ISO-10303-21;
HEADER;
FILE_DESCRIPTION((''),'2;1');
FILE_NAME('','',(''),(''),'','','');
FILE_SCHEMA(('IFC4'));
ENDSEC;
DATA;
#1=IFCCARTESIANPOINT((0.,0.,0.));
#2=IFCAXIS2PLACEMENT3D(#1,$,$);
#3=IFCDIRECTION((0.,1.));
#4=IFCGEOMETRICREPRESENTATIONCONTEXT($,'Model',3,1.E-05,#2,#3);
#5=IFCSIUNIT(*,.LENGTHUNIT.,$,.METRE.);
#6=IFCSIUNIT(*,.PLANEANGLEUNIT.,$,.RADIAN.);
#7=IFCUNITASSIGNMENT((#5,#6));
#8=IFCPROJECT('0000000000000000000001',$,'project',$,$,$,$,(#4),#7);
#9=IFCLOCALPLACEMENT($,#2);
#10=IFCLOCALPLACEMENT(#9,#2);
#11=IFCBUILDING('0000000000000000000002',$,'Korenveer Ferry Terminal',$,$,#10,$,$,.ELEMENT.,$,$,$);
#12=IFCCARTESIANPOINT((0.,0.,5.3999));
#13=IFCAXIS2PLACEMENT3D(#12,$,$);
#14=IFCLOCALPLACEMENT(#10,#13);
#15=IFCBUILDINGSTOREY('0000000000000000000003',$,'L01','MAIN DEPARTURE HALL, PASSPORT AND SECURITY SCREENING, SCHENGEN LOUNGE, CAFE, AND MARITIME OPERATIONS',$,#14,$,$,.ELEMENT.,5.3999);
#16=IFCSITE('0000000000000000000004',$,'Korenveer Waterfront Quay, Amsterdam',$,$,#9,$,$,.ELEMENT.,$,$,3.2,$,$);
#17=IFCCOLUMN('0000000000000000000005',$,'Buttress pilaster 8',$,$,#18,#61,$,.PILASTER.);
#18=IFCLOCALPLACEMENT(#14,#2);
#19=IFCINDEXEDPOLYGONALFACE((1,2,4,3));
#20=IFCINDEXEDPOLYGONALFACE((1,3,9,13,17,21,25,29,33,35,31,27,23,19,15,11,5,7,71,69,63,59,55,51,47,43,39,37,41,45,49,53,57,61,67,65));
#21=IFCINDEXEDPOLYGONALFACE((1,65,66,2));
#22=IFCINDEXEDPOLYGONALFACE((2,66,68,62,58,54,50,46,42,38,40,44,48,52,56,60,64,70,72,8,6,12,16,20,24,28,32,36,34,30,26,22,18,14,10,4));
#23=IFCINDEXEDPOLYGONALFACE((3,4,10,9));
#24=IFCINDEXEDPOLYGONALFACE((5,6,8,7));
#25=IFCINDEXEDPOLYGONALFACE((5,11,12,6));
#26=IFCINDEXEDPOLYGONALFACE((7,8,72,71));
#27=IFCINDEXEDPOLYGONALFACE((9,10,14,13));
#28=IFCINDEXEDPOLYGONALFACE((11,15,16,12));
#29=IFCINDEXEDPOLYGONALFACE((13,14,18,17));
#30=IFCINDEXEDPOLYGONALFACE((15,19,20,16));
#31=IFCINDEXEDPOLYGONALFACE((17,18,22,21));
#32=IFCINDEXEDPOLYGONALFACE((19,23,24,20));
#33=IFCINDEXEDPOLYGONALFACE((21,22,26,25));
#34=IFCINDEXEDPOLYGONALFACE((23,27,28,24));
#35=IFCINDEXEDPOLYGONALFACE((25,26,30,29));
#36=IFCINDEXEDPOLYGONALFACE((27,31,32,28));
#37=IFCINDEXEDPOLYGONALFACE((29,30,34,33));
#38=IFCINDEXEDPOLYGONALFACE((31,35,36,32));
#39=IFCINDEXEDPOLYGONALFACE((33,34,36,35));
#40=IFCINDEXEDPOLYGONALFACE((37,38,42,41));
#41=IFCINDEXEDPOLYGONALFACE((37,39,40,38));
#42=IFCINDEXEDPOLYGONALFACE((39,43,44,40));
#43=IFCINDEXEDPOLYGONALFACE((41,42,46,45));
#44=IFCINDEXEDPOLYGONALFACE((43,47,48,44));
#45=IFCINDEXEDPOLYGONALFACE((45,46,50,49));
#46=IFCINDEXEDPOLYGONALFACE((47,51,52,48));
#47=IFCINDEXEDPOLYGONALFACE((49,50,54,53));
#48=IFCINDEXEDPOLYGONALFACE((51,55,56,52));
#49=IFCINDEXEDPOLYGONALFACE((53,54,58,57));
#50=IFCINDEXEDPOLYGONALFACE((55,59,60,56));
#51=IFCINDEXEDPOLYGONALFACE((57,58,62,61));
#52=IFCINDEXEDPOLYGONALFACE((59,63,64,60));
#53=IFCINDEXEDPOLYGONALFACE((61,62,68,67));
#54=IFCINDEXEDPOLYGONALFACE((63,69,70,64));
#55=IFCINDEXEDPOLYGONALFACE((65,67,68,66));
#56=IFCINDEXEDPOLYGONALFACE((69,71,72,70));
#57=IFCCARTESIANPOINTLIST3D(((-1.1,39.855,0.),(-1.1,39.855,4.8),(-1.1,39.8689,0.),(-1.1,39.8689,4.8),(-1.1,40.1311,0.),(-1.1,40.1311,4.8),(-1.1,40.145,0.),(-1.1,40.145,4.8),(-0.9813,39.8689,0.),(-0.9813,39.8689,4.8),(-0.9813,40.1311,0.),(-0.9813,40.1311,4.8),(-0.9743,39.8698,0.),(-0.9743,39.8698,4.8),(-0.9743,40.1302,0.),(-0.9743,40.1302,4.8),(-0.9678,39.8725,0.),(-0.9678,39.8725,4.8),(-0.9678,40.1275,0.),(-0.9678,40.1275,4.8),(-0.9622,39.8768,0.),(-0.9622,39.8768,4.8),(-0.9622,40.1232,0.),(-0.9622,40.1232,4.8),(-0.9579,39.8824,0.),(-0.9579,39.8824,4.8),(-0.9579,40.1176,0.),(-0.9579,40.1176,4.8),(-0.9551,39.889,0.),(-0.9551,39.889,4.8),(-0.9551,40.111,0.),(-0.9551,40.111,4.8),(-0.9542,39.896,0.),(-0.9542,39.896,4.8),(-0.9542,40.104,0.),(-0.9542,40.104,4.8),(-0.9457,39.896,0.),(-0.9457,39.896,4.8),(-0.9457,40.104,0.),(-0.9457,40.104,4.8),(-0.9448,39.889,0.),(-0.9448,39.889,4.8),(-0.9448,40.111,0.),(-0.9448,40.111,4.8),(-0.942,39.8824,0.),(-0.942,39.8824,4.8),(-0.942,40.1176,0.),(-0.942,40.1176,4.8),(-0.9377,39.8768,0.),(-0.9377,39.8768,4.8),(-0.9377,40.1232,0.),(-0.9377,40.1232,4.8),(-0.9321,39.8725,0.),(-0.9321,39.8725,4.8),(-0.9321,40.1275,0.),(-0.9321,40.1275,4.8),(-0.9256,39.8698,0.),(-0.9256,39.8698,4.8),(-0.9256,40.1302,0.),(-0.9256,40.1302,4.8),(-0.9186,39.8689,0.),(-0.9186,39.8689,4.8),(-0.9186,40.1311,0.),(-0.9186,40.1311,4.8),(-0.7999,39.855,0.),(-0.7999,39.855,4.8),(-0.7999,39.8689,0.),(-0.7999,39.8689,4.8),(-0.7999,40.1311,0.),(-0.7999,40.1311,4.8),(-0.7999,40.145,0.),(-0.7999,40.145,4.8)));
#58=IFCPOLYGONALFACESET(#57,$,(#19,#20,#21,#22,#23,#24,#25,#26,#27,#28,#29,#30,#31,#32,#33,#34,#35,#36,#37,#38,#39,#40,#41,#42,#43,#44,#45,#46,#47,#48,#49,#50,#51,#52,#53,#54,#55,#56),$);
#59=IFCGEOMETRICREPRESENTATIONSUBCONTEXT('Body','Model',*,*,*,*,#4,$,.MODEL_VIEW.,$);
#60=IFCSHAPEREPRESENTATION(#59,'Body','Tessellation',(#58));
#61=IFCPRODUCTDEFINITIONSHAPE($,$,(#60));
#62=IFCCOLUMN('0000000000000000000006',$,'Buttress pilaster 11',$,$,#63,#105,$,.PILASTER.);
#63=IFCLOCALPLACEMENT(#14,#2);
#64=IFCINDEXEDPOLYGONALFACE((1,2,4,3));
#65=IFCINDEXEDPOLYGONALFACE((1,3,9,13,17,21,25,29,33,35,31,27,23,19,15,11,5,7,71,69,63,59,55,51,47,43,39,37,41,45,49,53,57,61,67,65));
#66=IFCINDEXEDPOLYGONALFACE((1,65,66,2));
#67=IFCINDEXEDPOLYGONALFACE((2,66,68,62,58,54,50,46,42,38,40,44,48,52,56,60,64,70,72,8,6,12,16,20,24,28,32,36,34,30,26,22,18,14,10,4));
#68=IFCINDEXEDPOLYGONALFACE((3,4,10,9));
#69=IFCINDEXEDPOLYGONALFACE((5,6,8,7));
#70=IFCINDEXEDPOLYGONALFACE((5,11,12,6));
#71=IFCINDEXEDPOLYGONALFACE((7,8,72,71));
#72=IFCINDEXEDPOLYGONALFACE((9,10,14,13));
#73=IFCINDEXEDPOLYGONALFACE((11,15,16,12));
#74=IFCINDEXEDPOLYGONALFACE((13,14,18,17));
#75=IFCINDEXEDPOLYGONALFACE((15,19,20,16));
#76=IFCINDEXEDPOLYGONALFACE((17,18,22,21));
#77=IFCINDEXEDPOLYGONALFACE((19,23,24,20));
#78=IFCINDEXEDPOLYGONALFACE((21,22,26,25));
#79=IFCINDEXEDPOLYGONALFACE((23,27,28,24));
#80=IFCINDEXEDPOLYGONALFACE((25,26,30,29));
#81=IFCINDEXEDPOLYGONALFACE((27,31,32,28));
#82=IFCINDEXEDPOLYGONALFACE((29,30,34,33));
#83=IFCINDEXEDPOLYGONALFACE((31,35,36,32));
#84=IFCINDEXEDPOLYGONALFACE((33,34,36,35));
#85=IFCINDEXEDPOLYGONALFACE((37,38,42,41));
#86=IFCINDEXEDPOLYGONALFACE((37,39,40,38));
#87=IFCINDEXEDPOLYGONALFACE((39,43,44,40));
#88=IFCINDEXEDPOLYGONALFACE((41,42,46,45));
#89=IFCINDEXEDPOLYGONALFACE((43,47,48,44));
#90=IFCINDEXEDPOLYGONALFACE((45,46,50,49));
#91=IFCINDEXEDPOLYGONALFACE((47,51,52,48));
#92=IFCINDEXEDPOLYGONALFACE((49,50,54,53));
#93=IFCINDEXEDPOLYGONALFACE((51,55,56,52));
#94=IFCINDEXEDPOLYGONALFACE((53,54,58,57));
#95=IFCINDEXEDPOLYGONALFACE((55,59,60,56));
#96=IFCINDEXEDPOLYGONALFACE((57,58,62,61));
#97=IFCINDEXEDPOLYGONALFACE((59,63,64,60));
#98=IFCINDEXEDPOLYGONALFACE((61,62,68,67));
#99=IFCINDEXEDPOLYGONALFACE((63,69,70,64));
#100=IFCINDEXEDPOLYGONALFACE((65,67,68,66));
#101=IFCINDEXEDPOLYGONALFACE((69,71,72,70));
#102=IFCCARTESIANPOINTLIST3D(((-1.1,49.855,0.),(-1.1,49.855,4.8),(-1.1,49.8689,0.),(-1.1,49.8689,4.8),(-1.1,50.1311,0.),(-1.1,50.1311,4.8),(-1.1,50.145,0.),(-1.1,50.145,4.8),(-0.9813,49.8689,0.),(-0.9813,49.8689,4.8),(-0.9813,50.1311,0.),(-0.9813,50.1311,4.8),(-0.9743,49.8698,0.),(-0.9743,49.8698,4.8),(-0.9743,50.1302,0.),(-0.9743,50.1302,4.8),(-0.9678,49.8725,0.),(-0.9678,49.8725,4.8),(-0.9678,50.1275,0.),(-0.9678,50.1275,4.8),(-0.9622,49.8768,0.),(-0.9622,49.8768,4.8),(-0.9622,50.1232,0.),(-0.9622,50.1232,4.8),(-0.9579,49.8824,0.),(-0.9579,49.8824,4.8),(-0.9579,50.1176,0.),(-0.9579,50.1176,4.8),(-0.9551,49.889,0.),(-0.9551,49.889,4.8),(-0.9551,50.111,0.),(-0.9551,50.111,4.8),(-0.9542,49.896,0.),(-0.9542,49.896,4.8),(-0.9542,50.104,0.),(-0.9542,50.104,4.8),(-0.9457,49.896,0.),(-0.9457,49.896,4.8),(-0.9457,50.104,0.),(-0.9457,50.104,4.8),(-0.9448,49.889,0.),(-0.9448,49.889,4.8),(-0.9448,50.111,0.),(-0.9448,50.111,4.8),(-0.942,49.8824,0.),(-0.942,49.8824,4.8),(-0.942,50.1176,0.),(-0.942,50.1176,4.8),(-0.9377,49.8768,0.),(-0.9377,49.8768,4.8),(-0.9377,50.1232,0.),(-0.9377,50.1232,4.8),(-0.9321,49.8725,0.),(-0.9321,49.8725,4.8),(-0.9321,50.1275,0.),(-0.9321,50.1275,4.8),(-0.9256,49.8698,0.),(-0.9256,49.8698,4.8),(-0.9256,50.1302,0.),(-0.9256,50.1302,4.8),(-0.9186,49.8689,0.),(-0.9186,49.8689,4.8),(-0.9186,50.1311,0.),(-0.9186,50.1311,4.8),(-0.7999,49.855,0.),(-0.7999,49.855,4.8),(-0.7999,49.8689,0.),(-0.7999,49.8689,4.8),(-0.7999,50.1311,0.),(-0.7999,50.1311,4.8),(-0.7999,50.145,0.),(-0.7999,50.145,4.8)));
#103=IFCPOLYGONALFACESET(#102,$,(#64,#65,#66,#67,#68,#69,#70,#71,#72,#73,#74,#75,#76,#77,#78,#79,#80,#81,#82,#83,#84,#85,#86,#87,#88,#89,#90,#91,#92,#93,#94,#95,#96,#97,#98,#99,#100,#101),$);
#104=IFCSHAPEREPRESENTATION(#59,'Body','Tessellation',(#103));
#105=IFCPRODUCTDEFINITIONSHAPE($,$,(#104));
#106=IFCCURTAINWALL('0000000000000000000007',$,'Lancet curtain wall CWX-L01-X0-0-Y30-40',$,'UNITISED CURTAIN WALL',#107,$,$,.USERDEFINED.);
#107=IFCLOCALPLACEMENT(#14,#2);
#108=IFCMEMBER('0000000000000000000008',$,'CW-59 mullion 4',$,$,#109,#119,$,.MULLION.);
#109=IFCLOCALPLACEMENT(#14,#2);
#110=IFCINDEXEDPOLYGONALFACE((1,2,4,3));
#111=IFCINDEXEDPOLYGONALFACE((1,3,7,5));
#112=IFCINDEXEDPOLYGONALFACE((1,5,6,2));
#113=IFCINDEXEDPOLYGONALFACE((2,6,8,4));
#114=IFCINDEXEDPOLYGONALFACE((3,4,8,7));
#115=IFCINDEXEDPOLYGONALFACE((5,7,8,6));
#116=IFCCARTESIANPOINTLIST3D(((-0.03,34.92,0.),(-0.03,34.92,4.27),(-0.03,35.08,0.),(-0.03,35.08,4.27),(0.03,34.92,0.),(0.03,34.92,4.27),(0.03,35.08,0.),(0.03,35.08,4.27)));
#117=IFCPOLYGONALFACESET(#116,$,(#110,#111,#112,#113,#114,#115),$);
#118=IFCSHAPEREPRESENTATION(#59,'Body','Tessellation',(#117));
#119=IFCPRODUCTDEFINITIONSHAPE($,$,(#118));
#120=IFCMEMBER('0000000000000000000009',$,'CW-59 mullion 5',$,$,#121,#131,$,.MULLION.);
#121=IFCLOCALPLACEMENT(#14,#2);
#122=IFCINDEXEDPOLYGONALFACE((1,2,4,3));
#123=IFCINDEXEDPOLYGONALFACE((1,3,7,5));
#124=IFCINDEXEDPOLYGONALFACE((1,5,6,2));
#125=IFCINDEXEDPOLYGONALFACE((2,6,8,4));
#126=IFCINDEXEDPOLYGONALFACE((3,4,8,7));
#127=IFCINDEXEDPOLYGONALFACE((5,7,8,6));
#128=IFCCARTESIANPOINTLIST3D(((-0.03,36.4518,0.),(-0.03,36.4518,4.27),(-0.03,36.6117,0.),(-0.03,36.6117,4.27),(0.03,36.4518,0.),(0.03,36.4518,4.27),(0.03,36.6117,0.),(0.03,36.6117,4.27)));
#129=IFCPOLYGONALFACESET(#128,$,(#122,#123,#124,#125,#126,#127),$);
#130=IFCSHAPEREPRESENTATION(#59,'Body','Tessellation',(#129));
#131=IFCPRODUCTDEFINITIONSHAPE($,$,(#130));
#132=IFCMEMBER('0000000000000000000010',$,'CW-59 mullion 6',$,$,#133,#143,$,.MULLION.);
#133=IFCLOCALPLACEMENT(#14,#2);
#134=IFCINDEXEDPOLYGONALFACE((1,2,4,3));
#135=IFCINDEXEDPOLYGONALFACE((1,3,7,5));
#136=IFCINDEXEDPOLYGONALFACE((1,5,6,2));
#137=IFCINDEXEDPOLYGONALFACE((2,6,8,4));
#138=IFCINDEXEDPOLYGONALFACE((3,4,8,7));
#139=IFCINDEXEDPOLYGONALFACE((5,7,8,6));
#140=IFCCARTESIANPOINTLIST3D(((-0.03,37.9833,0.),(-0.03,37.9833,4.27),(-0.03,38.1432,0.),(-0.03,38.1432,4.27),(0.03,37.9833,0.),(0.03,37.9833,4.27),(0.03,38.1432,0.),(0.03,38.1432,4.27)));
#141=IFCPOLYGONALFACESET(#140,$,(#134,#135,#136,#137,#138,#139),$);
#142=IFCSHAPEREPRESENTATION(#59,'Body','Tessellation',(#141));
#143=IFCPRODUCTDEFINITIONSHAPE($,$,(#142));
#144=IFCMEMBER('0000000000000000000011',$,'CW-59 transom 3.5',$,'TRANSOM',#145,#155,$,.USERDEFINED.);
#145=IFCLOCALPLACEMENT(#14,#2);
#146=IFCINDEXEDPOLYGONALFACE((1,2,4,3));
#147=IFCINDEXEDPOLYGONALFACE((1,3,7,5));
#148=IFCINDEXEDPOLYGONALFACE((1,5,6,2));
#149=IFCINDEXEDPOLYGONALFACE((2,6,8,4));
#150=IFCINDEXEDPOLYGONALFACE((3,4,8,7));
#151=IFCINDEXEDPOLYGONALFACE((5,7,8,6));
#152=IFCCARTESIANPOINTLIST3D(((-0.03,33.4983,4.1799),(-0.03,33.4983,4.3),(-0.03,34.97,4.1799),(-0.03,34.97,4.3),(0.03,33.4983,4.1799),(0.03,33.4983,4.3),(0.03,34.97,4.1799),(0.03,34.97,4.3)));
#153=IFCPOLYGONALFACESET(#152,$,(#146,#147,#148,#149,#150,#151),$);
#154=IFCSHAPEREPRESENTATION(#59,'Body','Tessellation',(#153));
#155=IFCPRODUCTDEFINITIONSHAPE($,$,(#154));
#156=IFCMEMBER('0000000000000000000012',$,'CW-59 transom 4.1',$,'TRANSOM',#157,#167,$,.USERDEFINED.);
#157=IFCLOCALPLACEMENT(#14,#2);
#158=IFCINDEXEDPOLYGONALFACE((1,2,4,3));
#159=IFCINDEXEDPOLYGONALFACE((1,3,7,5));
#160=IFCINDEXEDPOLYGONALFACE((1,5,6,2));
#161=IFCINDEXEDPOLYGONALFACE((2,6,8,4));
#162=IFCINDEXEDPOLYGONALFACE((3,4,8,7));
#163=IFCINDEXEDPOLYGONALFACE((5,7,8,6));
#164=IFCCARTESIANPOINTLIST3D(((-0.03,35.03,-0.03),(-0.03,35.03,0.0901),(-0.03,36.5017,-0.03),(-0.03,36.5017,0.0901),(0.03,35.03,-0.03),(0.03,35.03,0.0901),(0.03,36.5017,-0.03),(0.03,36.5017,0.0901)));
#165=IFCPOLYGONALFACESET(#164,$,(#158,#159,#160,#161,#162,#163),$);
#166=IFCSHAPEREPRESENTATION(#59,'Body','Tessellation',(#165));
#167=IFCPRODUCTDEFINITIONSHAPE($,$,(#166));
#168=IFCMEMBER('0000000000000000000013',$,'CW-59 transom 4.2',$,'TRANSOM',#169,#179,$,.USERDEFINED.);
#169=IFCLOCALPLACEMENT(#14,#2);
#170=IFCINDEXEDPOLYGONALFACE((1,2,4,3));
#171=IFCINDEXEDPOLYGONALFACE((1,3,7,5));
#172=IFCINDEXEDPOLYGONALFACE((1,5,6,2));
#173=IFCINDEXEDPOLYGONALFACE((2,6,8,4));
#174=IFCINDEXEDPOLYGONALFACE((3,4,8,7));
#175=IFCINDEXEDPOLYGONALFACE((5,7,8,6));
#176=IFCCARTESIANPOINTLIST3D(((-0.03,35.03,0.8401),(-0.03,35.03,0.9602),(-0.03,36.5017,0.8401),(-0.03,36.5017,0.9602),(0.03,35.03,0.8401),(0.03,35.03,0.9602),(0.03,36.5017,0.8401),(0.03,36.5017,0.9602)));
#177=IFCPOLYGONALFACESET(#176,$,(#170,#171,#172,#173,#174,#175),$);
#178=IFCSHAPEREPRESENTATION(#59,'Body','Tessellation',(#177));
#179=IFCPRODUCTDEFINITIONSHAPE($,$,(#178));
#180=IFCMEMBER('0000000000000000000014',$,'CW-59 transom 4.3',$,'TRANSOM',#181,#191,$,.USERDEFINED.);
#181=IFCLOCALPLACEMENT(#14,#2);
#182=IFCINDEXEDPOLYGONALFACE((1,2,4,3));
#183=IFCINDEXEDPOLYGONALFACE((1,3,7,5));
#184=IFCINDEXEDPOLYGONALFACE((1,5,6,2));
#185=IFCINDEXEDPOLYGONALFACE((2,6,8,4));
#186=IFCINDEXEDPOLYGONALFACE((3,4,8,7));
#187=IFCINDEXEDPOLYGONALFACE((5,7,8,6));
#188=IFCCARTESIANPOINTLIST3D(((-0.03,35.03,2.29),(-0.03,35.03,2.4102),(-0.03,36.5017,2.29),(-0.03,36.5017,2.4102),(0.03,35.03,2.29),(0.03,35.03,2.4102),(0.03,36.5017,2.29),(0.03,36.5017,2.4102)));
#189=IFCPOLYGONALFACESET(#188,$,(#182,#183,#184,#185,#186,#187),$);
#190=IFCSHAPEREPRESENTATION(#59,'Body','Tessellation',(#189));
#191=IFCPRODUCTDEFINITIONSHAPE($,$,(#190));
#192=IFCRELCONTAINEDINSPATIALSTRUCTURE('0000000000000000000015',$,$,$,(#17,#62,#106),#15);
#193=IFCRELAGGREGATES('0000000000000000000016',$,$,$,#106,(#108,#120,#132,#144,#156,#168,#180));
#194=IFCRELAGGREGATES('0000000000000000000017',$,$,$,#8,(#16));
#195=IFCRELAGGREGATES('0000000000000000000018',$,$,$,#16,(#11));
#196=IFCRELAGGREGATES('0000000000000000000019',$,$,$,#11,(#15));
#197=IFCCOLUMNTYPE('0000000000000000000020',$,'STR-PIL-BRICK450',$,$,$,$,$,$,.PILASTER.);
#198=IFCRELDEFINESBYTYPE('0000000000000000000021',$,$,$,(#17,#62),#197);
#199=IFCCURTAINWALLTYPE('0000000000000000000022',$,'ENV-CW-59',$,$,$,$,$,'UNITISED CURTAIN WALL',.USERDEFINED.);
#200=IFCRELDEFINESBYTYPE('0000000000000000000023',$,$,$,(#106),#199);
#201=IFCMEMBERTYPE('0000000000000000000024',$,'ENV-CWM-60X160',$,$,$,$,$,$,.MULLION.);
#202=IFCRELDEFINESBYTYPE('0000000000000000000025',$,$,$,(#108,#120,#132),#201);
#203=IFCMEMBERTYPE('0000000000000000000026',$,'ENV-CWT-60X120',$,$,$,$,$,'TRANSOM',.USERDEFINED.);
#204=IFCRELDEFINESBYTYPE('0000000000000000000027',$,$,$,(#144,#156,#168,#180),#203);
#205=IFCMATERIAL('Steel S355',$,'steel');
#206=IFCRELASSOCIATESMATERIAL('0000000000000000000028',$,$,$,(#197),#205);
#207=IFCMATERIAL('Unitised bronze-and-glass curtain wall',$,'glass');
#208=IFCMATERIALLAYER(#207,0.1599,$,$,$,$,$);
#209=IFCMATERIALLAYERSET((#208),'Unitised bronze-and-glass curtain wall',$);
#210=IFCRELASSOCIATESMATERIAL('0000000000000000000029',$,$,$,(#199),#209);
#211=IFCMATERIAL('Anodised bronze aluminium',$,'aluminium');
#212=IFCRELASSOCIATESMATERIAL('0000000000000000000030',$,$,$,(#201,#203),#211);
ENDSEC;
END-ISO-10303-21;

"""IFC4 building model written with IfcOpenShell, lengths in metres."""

from ifc_helpers import new_model, si_unit, direction, frame, origin, origin_2d, place, context, subcontext, project, spatial, rectangle, i_section, extrude, material, layer, layer_set, material_profile, profile_set, type_object, element, aggregate, save


model = new_model("IFC4")

# Units and contexts
model_context = context("Model", 3, precision=1e-05, world=origin(), true_north=direction((0.0, 1.0)))
body_context = subcontext(model_context, "Body", "Model", "MODEL_VIEW")
ifc_project = project(units=[si_unit("LENGTHUNIT", "METRE"), si_unit("PLANEANGLEUNIT", "RADIAN")], contexts=[model_context])

# Site, building, storey
site_placement = place(None, origin())
site = spatial("IfcSite", under=ifc_project, at=site_placement, Name="Korenveer Waterfront Quay, Amsterdam", CompositionType="ELEMENT", RefElevation=3.2)
building_placement = place(site_placement, origin())
building = spatial("IfcBuilding", under=site, at=building_placement, Name="Korenveer Ferry Terminal", CompositionType="ELEMENT")
storey_placement = place(building_placement, frame((0.0, 0.0, 5.3999)))
storey = spatial("IfcBuildingStorey", under=building, at=storey_placement, Name="L01", Description="MAIN DEPARTURE HALL, PASSPORT AND SECURITY SCREENING, SCHENGEN LOUNGE, CAFE, AND MARITIME OPERATIONS", CompositionType="ELEMENT", Elevation=5.3999)

# Columns
ifc_material_1 = material(Name="Steel S355", Category="steel")
ifc_material_profile_1 = material_profile(ifc_material_1, i_section(OverallWidth=0.3, OverallDepth=0.29, WebThickness=0.0085, FlangeThickness=0.0139, FilletRadius=0.0271, at=origin_2d()), Name="HEA 300")
ifc_profile_set_1 = profile_set([ifc_material_profile_1], Name="Steel S355")
column_type = type_object("IfcColumnType", Name="STR-PIL-BRICK450", PredefinedType="PILASTER", material=ifc_profile_set_1)
for number, where, z_axis, x_axis, name in (
    (1, (-0.95, 40.0, 0.0), (0.0, 0.0, 1.0), (1.0, 0.0, 0.0), "Buttress pilaster 8"),
    (2, (-0.95, 50.0, 0.0), (0.0, 0.0, 1.0), (1.0, 0.0, 0.0), "Buttress pilaster 11"),
):
    element("IfcColumn", number, at=place(storey_placement, frame(where, z_axis=z_axis, x_axis=x_axis)), inside=storey, type_object=column_type, Name=name, PredefinedType="PILASTER", context=body_context, shape_type="SweptSolid", body=[
        extrude(i_section(OverallWidth=0.3, OverallDepth=0.29, WebThickness=0.0085, FlangeThickness=0.0139, FilletRadius=0.0271, at=origin_2d()), origin(), (0.0, 0.0, 1.0), 4.8),
    ])

# Curtain wall, members
ifc_material_2 = material(Name="Unitised bronze-and-glass curtain wall", Category="glass")
ifc_layer_1 = layer(ifc_material_2, 0.1599)
ifc_layer_set_1 = layer_set([ifc_layer_1], Name="Unitised bronze-and-glass curtain wall")
curtain_wall_type = type_object("IfcCurtainWallType", Name="ENV-CW-59", ElementType="UNITISED CURTAIN WALL", PredefinedType="USERDEFINED", material=ifc_layer_set_1)
curtain_wall_placement = place(storey_placement, frame((0.0, 30.405, 0.0)))
curtain_wall = element("IfcCurtainWall", 3, at=curtain_wall_placement, inside=storey, type_object=curtain_wall_type, Name="Lancet curtain wall CWX-L01-X0-0-Y30-40", ObjectType="UNITISED CURTAIN WALL", PredefinedType="USERDEFINED")
ifc_material_3 = material(Name="Anodised bronze aluminium", Category="aluminium")
ifc_material_profile_2 = material_profile(ifc_material_3, rectangle(XDim=0.0601, YDim=0.1599, at=origin_2d()), Name="ALU 60x160")
ifc_profile_set_2 = profile_set([ifc_material_profile_2], Name="Anodised bronze aluminium")
member_type_1 = type_object("IfcMemberType", Name="ENV-CWM-60X160", PredefinedType="MULLION", material=ifc_profile_set_2)
member_1_placement = place(storey_placement, frame((0.0, 35.0, 0.0), z_axis=(0.0, 0.0, 1.0), x_axis=(-1.0, 0.0, 0.0)))
member_1 = element("IfcMember", 4, at=member_1_placement, type_object=member_type_1, Name="CW-59 mullion 4", PredefinedType="MULLION", context=body_context, shape_type="SweptSolid", body=[
    extrude(rectangle(XDim=0.0601, YDim=0.1599, at=origin_2d()), origin(), (0.0, 0.0, 1.0), 4.27),
])
member_2_placement = place(storey_placement, frame((0.0, 36.5317, 0.0), z_axis=(0.0, 0.0, 1.0), x_axis=(-1.0, 0.0, 0.0)))
member_2 = element("IfcMember", 5, at=member_2_placement, type_object=member_type_1, Name="CW-59 mullion 5", PredefinedType="MULLION", context=body_context, shape_type="SweptSolid", body=[
    extrude(rectangle(XDim=0.0601, YDim=0.1599, at=origin_2d()), origin(), (0.0, 0.0, 1.0), 4.27),
])
member_3_placement = place(storey_placement, frame((0.0, 38.0632, 0.0), z_axis=(0.0, 0.0, 1.0), x_axis=(-1.0, 0.0, 0.0)))
member_3 = element("IfcMember", 6, at=member_3_placement, type_object=member_type_1, Name="CW-59 mullion 6", PredefinedType="MULLION", context=body_context, shape_type="SweptSolid", body=[
    extrude(rectangle(XDim=0.0601, YDim=0.1599, at=origin_2d()), origin(), (0.0, 0.0, 1.0), 4.27),
])
ifc_material_profile_3 = material_profile(ifc_material_3, rectangle(XDim=0.0601, YDim=0.1201, at=origin_2d()), Name="ALU 60x120")
ifc_profile_set_3 = profile_set([ifc_material_profile_3], Name="Anodised bronze aluminium")
member_type_2 = type_object("IfcMemberType", Name="ENV-CWT-60X120", ElementType="TRANSOM", PredefinedType="USERDEFINED", material=ifc_profile_set_3)
member_4_placement = place(storey_placement, frame((0.0, 33.4983, 4.24), z_axis=(0.0, 1.0, 0.0), x_axis=(-1.0, 0.0, 0.0)))
member_4 = element("IfcMember", 7, at=member_4_placement, type_object=member_type_2, Name="CW-59 transom 3.5", ObjectType="TRANSOM", PredefinedType="USERDEFINED", context=body_context, shape_type="SweptSolid", body=[
    extrude(rectangle(XDim=0.0601, YDim=0.1201, at=origin_2d()), origin(), (0.0, 0.0, 1.0), 1.4717),
])
member_5_placement = place(storey_placement, frame((0.0, 35.03, 0.03), z_axis=(0.0, 1.0, 0.0), x_axis=(-1.0, 0.0, 0.0)))
member_5 = element("IfcMember", 8, at=member_5_placement, type_object=member_type_2, Name="CW-59 transom 4.1", ObjectType="TRANSOM", PredefinedType="USERDEFINED", context=body_context, shape_type="SweptSolid", body=[
    extrude(rectangle(XDim=0.0601, YDim=0.1201, at=origin_2d()), origin(), (0.0, 0.0, 1.0), 1.4717),
])
member_6_placement = place(storey_placement, frame((0.0, 35.03, 0.9001), z_axis=(0.0, 1.0, 0.0), x_axis=(-1.0, 0.0, 0.0)))
member_6 = element("IfcMember", 9, at=member_6_placement, type_object=member_type_2, Name="CW-59 transom 4.2", ObjectType="TRANSOM", PredefinedType="USERDEFINED", context=body_context, shape_type="SweptSolid", body=[
    extrude(rectangle(XDim=0.0601, YDim=0.1201, at=origin_2d()), origin(), (0.0, 0.0, 1.0), 1.4717),
])
member_7_placement = place(storey_placement, frame((0.0, 35.03, 2.3501), z_axis=(0.0, 1.0, 0.0), x_axis=(-1.0, 0.0, 0.0)))
member_7 = element("IfcMember", 10, at=member_7_placement, type_object=member_type_2, Name="CW-59 transom 4.3", ObjectType="TRANSOM", PredefinedType="USERDEFINED", context=body_context, shape_type="SweptSolid", body=[
    extrude(rectangle(XDim=0.0601, YDim=0.1201, at=origin_2d()), origin(), (0.0, 0.0, 1.0), 1.4717),
])

aggregate(curtain_wall, [member_1, member_2, member_3, member_4, member_5, member_6, member_7])

save(model, "model.ifc")
